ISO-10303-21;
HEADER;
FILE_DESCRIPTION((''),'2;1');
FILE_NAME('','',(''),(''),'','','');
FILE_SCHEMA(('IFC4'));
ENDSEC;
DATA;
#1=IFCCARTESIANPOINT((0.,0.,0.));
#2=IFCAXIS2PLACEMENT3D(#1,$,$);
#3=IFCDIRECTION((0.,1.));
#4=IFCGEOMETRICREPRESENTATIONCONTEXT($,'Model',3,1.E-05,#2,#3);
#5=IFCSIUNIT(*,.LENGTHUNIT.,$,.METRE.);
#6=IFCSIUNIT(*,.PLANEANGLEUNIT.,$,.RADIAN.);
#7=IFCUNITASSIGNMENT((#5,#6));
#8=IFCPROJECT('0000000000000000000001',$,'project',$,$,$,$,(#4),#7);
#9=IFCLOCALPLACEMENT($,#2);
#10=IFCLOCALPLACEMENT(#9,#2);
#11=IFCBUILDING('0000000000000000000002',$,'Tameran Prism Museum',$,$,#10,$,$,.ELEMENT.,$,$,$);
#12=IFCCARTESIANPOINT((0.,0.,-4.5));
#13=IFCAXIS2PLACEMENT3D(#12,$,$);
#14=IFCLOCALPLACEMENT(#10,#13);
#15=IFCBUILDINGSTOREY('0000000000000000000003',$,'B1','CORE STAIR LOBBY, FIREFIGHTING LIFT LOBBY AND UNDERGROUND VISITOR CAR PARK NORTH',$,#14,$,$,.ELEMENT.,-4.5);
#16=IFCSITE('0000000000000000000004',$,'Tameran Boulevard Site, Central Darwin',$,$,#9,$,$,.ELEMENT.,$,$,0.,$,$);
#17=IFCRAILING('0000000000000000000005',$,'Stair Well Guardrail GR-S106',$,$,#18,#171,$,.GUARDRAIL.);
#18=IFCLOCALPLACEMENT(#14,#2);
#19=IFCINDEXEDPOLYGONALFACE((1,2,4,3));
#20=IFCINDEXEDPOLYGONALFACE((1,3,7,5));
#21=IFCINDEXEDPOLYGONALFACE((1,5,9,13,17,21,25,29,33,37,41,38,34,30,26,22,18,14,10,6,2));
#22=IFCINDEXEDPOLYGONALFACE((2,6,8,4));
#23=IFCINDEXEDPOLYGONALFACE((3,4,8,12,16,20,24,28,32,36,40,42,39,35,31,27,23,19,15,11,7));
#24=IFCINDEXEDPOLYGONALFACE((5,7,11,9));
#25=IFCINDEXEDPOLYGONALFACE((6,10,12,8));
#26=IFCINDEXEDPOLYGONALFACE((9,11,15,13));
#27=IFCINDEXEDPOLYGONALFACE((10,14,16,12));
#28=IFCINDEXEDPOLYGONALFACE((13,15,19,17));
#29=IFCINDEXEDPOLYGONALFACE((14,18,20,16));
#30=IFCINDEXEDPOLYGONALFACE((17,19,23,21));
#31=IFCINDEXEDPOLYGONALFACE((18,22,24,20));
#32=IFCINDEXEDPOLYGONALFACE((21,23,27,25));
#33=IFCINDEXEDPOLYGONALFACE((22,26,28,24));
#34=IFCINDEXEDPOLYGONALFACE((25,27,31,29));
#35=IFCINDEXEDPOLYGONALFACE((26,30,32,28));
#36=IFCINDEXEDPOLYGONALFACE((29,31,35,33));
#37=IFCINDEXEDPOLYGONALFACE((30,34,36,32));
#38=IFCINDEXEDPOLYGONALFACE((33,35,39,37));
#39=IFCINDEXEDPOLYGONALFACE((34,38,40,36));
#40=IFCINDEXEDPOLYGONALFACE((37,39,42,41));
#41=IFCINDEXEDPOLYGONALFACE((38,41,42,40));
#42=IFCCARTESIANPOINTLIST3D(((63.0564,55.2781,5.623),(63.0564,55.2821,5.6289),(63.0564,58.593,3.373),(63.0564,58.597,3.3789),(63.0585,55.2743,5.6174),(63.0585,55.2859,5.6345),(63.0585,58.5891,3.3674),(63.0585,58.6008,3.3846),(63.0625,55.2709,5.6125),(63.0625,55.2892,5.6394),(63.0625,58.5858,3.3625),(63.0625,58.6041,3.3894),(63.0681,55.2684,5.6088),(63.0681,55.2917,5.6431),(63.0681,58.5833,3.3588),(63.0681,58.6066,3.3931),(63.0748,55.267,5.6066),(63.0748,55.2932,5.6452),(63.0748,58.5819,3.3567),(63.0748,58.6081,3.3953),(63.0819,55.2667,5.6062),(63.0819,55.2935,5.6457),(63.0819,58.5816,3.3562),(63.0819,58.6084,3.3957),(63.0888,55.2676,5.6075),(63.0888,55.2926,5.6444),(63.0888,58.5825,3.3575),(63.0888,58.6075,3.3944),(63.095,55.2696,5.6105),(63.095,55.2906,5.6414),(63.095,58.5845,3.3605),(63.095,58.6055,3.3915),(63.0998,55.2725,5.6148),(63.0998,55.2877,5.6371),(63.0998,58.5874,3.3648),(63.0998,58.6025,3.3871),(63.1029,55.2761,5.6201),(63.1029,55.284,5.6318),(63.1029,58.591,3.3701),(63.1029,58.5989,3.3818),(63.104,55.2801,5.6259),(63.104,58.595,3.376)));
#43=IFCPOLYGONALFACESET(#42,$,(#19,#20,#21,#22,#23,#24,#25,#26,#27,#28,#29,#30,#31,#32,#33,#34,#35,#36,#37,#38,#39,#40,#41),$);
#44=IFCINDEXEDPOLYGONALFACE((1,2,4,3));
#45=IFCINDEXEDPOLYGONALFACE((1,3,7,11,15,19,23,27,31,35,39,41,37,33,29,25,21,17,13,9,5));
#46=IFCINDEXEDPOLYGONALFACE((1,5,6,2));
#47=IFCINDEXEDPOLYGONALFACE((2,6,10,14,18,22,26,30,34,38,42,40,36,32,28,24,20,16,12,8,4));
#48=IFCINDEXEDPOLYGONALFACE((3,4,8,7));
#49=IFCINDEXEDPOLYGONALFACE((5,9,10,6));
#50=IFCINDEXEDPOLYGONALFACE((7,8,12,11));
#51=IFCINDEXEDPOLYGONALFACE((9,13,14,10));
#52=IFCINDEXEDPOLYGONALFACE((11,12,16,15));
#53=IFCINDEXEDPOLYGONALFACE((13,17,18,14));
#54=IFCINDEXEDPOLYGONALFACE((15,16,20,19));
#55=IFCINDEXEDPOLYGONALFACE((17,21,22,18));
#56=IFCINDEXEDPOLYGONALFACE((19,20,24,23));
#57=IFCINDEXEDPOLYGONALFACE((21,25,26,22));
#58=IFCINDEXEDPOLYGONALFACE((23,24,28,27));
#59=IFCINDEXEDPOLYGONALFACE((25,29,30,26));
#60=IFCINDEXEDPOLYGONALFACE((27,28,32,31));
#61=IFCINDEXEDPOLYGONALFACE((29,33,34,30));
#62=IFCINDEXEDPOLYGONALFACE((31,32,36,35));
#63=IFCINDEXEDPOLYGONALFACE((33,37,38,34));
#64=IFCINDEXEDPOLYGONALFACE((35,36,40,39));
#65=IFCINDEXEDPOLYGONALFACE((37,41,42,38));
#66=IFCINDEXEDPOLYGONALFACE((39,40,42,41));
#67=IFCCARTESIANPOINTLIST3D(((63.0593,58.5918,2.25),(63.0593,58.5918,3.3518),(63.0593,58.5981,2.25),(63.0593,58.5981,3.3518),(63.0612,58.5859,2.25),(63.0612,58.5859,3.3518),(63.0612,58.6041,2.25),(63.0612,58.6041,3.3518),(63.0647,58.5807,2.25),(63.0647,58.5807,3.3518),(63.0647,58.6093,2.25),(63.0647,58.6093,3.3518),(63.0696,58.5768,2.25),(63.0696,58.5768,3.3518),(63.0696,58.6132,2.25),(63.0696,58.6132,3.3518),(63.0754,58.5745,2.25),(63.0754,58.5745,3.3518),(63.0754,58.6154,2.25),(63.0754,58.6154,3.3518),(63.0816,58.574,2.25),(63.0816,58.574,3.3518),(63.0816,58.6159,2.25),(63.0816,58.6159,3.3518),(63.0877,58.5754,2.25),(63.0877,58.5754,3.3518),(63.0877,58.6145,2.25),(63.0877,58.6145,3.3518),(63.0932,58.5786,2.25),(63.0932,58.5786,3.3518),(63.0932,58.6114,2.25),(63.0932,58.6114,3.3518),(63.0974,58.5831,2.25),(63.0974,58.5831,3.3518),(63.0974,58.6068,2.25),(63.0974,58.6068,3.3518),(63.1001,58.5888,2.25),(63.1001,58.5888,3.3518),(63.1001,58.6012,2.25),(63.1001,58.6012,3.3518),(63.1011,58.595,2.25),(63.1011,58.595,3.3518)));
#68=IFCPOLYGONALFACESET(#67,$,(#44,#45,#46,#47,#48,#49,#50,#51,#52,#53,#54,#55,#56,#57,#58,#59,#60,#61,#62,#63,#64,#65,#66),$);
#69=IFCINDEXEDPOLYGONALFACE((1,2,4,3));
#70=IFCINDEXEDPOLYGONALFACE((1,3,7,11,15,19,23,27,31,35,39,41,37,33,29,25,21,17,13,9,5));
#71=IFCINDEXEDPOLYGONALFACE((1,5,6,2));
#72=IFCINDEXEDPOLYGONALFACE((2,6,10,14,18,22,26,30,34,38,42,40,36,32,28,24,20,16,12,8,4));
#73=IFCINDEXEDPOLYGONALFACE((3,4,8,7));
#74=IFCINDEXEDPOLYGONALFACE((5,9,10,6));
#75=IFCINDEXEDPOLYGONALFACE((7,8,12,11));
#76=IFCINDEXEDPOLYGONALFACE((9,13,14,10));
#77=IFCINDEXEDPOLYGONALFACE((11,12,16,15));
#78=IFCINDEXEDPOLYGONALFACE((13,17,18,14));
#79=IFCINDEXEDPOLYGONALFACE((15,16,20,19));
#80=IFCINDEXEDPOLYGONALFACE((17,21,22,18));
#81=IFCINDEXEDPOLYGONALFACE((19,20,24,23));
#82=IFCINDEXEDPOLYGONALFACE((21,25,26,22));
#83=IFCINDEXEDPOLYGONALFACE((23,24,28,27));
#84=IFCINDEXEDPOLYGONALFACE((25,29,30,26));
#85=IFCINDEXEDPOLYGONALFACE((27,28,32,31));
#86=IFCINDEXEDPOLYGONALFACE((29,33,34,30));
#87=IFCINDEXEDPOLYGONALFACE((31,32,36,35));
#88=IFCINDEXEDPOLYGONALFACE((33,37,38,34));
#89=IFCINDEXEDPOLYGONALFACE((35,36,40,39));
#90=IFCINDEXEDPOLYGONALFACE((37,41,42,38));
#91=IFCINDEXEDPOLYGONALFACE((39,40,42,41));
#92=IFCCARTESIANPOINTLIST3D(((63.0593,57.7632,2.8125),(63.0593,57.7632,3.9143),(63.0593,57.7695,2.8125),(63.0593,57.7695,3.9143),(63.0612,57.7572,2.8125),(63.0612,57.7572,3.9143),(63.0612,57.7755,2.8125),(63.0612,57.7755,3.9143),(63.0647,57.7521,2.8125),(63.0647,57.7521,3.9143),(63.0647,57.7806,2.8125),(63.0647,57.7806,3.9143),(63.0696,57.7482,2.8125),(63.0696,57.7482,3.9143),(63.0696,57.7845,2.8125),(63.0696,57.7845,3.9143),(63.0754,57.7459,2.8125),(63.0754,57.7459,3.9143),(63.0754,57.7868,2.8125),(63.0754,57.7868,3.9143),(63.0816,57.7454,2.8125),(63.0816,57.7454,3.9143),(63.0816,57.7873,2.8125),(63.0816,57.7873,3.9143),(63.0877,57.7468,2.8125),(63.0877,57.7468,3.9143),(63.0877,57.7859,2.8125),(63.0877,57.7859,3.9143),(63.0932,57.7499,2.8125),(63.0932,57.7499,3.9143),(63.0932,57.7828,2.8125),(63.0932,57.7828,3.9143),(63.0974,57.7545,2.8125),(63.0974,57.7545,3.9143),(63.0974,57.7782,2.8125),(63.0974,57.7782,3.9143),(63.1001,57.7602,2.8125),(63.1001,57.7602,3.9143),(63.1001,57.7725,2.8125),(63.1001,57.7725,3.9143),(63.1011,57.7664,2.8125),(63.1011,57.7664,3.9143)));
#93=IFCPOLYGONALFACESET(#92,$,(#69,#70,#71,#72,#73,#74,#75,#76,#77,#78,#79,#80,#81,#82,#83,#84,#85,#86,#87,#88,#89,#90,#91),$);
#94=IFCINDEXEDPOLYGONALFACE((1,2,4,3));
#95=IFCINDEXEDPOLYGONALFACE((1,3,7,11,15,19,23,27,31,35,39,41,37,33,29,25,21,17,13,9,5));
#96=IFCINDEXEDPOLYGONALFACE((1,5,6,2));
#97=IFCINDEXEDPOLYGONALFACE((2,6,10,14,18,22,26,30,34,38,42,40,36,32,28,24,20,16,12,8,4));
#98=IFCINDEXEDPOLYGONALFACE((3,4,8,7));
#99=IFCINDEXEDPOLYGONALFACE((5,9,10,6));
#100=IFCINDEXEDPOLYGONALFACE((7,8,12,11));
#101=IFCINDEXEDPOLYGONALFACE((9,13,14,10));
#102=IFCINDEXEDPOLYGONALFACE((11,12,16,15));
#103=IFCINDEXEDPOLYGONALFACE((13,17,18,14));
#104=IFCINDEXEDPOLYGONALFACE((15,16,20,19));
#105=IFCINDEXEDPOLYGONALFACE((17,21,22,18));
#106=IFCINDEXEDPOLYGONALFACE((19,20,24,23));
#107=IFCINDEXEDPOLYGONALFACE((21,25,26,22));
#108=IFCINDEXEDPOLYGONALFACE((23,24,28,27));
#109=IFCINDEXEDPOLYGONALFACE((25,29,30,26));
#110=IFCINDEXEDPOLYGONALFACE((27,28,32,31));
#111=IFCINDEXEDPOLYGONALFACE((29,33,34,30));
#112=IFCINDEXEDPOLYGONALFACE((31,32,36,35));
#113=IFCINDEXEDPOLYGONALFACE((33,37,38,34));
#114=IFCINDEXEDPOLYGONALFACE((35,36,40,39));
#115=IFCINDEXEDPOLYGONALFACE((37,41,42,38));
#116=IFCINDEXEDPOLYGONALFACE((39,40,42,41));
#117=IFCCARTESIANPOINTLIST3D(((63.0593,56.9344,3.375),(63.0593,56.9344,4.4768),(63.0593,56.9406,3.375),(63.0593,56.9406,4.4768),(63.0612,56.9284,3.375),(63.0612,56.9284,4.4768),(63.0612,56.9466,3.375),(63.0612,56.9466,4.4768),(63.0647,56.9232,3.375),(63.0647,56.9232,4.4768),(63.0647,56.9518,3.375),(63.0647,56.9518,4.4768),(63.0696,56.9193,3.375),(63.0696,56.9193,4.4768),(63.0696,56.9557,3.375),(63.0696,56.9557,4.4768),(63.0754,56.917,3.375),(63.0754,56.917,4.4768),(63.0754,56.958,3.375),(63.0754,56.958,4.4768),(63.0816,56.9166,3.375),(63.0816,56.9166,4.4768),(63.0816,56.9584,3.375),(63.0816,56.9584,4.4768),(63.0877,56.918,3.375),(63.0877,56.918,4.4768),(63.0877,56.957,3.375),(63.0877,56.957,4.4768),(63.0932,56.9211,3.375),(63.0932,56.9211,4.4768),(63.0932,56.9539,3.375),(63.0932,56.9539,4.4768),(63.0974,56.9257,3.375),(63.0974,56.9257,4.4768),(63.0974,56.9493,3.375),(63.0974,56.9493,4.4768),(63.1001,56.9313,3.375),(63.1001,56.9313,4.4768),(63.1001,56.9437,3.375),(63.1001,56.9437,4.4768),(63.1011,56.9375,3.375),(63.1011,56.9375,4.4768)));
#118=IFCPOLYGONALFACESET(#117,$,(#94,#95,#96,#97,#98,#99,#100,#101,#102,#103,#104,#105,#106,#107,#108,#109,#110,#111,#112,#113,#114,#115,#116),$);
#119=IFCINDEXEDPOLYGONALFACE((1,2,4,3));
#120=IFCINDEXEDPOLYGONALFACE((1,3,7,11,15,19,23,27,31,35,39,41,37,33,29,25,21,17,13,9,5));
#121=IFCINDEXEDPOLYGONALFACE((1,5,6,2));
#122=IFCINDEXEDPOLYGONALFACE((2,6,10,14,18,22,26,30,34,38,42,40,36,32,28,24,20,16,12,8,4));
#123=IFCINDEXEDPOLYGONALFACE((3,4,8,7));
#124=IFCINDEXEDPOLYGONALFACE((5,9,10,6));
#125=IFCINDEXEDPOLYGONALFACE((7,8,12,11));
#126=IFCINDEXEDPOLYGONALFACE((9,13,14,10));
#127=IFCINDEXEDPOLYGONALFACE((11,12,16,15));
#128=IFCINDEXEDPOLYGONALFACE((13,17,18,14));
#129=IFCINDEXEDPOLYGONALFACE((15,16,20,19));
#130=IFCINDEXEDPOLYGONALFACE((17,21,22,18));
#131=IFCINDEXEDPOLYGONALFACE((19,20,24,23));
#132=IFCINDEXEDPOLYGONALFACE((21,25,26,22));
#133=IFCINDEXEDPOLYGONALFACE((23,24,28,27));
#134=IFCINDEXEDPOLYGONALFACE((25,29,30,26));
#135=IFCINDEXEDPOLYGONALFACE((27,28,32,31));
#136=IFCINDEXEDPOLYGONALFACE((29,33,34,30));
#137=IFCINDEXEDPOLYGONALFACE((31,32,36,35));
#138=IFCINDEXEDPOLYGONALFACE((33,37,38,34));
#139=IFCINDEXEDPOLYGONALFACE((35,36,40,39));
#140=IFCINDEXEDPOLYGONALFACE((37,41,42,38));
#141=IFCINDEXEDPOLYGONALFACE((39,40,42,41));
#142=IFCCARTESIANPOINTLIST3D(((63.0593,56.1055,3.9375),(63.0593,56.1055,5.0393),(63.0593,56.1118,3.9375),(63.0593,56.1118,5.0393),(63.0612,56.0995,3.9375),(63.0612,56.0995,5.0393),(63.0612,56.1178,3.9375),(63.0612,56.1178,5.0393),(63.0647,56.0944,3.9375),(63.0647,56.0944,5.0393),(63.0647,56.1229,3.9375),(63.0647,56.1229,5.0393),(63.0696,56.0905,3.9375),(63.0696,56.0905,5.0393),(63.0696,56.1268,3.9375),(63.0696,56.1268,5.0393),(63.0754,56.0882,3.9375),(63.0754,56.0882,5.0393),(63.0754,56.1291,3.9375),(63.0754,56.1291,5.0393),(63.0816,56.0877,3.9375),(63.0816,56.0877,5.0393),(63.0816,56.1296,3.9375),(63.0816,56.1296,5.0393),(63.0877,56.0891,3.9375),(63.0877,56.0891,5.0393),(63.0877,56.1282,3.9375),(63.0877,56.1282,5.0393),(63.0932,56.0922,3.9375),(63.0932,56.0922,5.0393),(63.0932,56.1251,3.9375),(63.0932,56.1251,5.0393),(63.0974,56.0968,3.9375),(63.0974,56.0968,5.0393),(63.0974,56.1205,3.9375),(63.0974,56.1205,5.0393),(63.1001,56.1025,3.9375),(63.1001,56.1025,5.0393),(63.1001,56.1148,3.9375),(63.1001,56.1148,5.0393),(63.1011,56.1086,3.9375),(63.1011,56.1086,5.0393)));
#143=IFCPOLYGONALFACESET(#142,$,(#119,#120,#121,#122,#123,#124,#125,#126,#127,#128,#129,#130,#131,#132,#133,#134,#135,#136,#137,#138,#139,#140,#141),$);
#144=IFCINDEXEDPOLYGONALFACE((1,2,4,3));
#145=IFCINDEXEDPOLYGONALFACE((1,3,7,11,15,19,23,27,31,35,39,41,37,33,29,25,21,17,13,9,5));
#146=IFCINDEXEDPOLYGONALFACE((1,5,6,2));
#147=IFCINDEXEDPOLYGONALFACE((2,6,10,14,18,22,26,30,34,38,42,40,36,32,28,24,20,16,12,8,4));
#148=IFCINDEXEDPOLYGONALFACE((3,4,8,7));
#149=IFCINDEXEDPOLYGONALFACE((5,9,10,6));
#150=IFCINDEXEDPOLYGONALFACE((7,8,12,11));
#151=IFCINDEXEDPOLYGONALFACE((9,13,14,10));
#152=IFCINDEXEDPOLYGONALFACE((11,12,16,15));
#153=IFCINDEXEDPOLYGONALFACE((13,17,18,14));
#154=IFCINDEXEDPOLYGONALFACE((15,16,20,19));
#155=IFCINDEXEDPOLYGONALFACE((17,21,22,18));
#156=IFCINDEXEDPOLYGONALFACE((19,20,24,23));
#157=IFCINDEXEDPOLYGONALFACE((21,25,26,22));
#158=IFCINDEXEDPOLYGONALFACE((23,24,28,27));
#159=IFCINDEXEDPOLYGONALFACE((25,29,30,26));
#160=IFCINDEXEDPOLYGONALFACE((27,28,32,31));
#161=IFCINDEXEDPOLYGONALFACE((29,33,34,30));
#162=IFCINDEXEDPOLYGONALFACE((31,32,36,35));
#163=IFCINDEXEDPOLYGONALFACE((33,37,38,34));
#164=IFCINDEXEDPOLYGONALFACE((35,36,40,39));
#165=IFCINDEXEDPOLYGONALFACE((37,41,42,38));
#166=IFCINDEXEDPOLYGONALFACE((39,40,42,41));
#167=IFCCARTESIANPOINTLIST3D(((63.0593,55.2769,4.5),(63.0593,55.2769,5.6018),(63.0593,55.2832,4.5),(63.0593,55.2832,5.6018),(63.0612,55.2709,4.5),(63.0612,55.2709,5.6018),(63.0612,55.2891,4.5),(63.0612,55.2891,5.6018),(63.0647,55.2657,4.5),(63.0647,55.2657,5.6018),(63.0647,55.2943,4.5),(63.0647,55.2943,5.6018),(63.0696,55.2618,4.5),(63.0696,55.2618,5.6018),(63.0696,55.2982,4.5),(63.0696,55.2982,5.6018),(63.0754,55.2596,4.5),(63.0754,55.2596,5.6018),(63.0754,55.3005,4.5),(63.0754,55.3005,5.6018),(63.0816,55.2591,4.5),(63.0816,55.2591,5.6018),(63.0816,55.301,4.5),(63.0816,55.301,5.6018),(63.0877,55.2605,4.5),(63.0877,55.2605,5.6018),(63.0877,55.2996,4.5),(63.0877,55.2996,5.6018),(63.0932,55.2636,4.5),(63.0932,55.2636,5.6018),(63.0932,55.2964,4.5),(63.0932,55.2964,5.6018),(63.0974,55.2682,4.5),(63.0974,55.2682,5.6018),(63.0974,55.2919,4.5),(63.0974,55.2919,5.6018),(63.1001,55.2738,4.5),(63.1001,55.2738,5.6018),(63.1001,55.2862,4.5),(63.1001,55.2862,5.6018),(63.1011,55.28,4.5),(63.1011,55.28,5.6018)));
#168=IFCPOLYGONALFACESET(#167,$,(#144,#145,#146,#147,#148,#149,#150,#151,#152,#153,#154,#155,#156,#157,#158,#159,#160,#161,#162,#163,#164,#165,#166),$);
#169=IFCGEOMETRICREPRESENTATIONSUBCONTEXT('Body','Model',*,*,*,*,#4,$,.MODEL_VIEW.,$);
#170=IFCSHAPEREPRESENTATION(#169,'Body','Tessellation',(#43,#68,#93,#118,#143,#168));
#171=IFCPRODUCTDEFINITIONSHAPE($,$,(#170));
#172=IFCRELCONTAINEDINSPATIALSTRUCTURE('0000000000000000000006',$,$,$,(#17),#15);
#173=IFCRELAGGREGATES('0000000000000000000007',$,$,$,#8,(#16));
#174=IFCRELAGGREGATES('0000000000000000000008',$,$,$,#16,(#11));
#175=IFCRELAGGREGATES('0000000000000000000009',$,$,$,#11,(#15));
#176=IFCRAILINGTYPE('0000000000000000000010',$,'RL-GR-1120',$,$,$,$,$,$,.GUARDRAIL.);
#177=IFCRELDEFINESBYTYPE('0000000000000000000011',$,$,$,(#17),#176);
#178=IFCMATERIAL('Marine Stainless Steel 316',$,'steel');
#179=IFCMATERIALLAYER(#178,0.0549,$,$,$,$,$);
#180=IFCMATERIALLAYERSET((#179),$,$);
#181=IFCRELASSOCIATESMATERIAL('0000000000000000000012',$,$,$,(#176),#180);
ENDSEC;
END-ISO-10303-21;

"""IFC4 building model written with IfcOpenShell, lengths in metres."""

from ifc_helpers import new_model, si_unit, direction, frame, origin, origin_2d, place, context, subcontext, project, spatial, circle, extrude, material, layer, layer_set, type_object, element, save


model = new_model("IFC4")

# Units and contexts
model_context = context("Model", 3, precision=1e-05, world=origin(), true_north=direction((0.0, 1.0)))
body_context = subcontext(model_context, "Body", "Model", "MODEL_VIEW")
ifc_project = project(units=[si_unit("LENGTHUNIT", "METRE"), si_unit("PLANEANGLEUNIT", "RADIAN")], contexts=[model_context])

# Site, building, storey
site_placement = place(None, origin())
site = spatial("IfcSite", under=ifc_project, at=site_placement, Name="Tameran Boulevard Site, Central Darwin", CompositionType="ELEMENT", RefElevation=0.0)
building_placement = place(site_placement, origin())
building = spatial("IfcBuilding", under=site, at=building_placement, Name="Tameran Prism Museum", CompositionType="ELEMENT")
storey_placement = place(building_placement, frame((0.0, 0.0, -4.5)))
storey = spatial("IfcBuildingStorey", under=building, at=storey_placement, Name="B1", Description="CORE STAIR LOBBY, FIREFIGHTING LIFT LOBBY AND UNDERGROUND VISITOR CAR PARK NORTH", CompositionType="ELEMENT", Elevation=-4.5)

# Railing
ifc_material_1 = material(Name="Marine Stainless Steel 316", Category="steel")
ifc_layer_1 = layer(ifc_material_1, 0.0549)
ifc_layer_set_1 = layer_set([ifc_layer_1])
railing_type_1 = type_object("IfcRailingType", Name="RL-GR-1120", PredefinedType="GUARDRAIL", material=ifc_layer_set_1)
railing_1_placement = place(storey_placement, frame((63.0801, 58.595, 2.25)))
element("IfcRailing", 1, at=railing_1_placement, inside=storey, type_object=railing_type_1, Name="Stair Well Guardrail GR-S106", PredefinedType="GUARDRAIL", context=body_context, shape_type="SweptSolid", body=[
    extrude(circle(Radius=0.0239, at=origin_2d()), frame((0.0, 0.0, 1.126), z_axis=(0.0, -0.827409, 0.5616), x_axis=(1.0, 0.0, 0.0)), (0.0, 0.0, 1.0), 4.0063),
    extrude(circle(Radius=0.021, at=origin_2d()), origin(), (0.0, 0.0, 1.0), 1.1018),
    extrude(circle(Radius=0.021, at=origin_2d()), frame((0.0, -0.8286, 0.5625)), (0.0, 0.0, 1.0), 1.1018),
    extrude(circle(Radius=0.021, at=origin_2d()), frame((0.0, -1.6575, 1.125)), (0.0, 0.0, 1.0), 1.1018),
    extrude(circle(Radius=0.021, at=origin_2d()), frame((0.0, -2.4863, 1.6875)), (0.0, 0.0, 1.0), 1.1018),
    extrude(circle(Radius=0.021, at=origin_2d()), frame((0.0, -3.3149, 2.25)), (0.0, 0.0, 1.0), 1.1018),
])

save(model, "model.ifc")
